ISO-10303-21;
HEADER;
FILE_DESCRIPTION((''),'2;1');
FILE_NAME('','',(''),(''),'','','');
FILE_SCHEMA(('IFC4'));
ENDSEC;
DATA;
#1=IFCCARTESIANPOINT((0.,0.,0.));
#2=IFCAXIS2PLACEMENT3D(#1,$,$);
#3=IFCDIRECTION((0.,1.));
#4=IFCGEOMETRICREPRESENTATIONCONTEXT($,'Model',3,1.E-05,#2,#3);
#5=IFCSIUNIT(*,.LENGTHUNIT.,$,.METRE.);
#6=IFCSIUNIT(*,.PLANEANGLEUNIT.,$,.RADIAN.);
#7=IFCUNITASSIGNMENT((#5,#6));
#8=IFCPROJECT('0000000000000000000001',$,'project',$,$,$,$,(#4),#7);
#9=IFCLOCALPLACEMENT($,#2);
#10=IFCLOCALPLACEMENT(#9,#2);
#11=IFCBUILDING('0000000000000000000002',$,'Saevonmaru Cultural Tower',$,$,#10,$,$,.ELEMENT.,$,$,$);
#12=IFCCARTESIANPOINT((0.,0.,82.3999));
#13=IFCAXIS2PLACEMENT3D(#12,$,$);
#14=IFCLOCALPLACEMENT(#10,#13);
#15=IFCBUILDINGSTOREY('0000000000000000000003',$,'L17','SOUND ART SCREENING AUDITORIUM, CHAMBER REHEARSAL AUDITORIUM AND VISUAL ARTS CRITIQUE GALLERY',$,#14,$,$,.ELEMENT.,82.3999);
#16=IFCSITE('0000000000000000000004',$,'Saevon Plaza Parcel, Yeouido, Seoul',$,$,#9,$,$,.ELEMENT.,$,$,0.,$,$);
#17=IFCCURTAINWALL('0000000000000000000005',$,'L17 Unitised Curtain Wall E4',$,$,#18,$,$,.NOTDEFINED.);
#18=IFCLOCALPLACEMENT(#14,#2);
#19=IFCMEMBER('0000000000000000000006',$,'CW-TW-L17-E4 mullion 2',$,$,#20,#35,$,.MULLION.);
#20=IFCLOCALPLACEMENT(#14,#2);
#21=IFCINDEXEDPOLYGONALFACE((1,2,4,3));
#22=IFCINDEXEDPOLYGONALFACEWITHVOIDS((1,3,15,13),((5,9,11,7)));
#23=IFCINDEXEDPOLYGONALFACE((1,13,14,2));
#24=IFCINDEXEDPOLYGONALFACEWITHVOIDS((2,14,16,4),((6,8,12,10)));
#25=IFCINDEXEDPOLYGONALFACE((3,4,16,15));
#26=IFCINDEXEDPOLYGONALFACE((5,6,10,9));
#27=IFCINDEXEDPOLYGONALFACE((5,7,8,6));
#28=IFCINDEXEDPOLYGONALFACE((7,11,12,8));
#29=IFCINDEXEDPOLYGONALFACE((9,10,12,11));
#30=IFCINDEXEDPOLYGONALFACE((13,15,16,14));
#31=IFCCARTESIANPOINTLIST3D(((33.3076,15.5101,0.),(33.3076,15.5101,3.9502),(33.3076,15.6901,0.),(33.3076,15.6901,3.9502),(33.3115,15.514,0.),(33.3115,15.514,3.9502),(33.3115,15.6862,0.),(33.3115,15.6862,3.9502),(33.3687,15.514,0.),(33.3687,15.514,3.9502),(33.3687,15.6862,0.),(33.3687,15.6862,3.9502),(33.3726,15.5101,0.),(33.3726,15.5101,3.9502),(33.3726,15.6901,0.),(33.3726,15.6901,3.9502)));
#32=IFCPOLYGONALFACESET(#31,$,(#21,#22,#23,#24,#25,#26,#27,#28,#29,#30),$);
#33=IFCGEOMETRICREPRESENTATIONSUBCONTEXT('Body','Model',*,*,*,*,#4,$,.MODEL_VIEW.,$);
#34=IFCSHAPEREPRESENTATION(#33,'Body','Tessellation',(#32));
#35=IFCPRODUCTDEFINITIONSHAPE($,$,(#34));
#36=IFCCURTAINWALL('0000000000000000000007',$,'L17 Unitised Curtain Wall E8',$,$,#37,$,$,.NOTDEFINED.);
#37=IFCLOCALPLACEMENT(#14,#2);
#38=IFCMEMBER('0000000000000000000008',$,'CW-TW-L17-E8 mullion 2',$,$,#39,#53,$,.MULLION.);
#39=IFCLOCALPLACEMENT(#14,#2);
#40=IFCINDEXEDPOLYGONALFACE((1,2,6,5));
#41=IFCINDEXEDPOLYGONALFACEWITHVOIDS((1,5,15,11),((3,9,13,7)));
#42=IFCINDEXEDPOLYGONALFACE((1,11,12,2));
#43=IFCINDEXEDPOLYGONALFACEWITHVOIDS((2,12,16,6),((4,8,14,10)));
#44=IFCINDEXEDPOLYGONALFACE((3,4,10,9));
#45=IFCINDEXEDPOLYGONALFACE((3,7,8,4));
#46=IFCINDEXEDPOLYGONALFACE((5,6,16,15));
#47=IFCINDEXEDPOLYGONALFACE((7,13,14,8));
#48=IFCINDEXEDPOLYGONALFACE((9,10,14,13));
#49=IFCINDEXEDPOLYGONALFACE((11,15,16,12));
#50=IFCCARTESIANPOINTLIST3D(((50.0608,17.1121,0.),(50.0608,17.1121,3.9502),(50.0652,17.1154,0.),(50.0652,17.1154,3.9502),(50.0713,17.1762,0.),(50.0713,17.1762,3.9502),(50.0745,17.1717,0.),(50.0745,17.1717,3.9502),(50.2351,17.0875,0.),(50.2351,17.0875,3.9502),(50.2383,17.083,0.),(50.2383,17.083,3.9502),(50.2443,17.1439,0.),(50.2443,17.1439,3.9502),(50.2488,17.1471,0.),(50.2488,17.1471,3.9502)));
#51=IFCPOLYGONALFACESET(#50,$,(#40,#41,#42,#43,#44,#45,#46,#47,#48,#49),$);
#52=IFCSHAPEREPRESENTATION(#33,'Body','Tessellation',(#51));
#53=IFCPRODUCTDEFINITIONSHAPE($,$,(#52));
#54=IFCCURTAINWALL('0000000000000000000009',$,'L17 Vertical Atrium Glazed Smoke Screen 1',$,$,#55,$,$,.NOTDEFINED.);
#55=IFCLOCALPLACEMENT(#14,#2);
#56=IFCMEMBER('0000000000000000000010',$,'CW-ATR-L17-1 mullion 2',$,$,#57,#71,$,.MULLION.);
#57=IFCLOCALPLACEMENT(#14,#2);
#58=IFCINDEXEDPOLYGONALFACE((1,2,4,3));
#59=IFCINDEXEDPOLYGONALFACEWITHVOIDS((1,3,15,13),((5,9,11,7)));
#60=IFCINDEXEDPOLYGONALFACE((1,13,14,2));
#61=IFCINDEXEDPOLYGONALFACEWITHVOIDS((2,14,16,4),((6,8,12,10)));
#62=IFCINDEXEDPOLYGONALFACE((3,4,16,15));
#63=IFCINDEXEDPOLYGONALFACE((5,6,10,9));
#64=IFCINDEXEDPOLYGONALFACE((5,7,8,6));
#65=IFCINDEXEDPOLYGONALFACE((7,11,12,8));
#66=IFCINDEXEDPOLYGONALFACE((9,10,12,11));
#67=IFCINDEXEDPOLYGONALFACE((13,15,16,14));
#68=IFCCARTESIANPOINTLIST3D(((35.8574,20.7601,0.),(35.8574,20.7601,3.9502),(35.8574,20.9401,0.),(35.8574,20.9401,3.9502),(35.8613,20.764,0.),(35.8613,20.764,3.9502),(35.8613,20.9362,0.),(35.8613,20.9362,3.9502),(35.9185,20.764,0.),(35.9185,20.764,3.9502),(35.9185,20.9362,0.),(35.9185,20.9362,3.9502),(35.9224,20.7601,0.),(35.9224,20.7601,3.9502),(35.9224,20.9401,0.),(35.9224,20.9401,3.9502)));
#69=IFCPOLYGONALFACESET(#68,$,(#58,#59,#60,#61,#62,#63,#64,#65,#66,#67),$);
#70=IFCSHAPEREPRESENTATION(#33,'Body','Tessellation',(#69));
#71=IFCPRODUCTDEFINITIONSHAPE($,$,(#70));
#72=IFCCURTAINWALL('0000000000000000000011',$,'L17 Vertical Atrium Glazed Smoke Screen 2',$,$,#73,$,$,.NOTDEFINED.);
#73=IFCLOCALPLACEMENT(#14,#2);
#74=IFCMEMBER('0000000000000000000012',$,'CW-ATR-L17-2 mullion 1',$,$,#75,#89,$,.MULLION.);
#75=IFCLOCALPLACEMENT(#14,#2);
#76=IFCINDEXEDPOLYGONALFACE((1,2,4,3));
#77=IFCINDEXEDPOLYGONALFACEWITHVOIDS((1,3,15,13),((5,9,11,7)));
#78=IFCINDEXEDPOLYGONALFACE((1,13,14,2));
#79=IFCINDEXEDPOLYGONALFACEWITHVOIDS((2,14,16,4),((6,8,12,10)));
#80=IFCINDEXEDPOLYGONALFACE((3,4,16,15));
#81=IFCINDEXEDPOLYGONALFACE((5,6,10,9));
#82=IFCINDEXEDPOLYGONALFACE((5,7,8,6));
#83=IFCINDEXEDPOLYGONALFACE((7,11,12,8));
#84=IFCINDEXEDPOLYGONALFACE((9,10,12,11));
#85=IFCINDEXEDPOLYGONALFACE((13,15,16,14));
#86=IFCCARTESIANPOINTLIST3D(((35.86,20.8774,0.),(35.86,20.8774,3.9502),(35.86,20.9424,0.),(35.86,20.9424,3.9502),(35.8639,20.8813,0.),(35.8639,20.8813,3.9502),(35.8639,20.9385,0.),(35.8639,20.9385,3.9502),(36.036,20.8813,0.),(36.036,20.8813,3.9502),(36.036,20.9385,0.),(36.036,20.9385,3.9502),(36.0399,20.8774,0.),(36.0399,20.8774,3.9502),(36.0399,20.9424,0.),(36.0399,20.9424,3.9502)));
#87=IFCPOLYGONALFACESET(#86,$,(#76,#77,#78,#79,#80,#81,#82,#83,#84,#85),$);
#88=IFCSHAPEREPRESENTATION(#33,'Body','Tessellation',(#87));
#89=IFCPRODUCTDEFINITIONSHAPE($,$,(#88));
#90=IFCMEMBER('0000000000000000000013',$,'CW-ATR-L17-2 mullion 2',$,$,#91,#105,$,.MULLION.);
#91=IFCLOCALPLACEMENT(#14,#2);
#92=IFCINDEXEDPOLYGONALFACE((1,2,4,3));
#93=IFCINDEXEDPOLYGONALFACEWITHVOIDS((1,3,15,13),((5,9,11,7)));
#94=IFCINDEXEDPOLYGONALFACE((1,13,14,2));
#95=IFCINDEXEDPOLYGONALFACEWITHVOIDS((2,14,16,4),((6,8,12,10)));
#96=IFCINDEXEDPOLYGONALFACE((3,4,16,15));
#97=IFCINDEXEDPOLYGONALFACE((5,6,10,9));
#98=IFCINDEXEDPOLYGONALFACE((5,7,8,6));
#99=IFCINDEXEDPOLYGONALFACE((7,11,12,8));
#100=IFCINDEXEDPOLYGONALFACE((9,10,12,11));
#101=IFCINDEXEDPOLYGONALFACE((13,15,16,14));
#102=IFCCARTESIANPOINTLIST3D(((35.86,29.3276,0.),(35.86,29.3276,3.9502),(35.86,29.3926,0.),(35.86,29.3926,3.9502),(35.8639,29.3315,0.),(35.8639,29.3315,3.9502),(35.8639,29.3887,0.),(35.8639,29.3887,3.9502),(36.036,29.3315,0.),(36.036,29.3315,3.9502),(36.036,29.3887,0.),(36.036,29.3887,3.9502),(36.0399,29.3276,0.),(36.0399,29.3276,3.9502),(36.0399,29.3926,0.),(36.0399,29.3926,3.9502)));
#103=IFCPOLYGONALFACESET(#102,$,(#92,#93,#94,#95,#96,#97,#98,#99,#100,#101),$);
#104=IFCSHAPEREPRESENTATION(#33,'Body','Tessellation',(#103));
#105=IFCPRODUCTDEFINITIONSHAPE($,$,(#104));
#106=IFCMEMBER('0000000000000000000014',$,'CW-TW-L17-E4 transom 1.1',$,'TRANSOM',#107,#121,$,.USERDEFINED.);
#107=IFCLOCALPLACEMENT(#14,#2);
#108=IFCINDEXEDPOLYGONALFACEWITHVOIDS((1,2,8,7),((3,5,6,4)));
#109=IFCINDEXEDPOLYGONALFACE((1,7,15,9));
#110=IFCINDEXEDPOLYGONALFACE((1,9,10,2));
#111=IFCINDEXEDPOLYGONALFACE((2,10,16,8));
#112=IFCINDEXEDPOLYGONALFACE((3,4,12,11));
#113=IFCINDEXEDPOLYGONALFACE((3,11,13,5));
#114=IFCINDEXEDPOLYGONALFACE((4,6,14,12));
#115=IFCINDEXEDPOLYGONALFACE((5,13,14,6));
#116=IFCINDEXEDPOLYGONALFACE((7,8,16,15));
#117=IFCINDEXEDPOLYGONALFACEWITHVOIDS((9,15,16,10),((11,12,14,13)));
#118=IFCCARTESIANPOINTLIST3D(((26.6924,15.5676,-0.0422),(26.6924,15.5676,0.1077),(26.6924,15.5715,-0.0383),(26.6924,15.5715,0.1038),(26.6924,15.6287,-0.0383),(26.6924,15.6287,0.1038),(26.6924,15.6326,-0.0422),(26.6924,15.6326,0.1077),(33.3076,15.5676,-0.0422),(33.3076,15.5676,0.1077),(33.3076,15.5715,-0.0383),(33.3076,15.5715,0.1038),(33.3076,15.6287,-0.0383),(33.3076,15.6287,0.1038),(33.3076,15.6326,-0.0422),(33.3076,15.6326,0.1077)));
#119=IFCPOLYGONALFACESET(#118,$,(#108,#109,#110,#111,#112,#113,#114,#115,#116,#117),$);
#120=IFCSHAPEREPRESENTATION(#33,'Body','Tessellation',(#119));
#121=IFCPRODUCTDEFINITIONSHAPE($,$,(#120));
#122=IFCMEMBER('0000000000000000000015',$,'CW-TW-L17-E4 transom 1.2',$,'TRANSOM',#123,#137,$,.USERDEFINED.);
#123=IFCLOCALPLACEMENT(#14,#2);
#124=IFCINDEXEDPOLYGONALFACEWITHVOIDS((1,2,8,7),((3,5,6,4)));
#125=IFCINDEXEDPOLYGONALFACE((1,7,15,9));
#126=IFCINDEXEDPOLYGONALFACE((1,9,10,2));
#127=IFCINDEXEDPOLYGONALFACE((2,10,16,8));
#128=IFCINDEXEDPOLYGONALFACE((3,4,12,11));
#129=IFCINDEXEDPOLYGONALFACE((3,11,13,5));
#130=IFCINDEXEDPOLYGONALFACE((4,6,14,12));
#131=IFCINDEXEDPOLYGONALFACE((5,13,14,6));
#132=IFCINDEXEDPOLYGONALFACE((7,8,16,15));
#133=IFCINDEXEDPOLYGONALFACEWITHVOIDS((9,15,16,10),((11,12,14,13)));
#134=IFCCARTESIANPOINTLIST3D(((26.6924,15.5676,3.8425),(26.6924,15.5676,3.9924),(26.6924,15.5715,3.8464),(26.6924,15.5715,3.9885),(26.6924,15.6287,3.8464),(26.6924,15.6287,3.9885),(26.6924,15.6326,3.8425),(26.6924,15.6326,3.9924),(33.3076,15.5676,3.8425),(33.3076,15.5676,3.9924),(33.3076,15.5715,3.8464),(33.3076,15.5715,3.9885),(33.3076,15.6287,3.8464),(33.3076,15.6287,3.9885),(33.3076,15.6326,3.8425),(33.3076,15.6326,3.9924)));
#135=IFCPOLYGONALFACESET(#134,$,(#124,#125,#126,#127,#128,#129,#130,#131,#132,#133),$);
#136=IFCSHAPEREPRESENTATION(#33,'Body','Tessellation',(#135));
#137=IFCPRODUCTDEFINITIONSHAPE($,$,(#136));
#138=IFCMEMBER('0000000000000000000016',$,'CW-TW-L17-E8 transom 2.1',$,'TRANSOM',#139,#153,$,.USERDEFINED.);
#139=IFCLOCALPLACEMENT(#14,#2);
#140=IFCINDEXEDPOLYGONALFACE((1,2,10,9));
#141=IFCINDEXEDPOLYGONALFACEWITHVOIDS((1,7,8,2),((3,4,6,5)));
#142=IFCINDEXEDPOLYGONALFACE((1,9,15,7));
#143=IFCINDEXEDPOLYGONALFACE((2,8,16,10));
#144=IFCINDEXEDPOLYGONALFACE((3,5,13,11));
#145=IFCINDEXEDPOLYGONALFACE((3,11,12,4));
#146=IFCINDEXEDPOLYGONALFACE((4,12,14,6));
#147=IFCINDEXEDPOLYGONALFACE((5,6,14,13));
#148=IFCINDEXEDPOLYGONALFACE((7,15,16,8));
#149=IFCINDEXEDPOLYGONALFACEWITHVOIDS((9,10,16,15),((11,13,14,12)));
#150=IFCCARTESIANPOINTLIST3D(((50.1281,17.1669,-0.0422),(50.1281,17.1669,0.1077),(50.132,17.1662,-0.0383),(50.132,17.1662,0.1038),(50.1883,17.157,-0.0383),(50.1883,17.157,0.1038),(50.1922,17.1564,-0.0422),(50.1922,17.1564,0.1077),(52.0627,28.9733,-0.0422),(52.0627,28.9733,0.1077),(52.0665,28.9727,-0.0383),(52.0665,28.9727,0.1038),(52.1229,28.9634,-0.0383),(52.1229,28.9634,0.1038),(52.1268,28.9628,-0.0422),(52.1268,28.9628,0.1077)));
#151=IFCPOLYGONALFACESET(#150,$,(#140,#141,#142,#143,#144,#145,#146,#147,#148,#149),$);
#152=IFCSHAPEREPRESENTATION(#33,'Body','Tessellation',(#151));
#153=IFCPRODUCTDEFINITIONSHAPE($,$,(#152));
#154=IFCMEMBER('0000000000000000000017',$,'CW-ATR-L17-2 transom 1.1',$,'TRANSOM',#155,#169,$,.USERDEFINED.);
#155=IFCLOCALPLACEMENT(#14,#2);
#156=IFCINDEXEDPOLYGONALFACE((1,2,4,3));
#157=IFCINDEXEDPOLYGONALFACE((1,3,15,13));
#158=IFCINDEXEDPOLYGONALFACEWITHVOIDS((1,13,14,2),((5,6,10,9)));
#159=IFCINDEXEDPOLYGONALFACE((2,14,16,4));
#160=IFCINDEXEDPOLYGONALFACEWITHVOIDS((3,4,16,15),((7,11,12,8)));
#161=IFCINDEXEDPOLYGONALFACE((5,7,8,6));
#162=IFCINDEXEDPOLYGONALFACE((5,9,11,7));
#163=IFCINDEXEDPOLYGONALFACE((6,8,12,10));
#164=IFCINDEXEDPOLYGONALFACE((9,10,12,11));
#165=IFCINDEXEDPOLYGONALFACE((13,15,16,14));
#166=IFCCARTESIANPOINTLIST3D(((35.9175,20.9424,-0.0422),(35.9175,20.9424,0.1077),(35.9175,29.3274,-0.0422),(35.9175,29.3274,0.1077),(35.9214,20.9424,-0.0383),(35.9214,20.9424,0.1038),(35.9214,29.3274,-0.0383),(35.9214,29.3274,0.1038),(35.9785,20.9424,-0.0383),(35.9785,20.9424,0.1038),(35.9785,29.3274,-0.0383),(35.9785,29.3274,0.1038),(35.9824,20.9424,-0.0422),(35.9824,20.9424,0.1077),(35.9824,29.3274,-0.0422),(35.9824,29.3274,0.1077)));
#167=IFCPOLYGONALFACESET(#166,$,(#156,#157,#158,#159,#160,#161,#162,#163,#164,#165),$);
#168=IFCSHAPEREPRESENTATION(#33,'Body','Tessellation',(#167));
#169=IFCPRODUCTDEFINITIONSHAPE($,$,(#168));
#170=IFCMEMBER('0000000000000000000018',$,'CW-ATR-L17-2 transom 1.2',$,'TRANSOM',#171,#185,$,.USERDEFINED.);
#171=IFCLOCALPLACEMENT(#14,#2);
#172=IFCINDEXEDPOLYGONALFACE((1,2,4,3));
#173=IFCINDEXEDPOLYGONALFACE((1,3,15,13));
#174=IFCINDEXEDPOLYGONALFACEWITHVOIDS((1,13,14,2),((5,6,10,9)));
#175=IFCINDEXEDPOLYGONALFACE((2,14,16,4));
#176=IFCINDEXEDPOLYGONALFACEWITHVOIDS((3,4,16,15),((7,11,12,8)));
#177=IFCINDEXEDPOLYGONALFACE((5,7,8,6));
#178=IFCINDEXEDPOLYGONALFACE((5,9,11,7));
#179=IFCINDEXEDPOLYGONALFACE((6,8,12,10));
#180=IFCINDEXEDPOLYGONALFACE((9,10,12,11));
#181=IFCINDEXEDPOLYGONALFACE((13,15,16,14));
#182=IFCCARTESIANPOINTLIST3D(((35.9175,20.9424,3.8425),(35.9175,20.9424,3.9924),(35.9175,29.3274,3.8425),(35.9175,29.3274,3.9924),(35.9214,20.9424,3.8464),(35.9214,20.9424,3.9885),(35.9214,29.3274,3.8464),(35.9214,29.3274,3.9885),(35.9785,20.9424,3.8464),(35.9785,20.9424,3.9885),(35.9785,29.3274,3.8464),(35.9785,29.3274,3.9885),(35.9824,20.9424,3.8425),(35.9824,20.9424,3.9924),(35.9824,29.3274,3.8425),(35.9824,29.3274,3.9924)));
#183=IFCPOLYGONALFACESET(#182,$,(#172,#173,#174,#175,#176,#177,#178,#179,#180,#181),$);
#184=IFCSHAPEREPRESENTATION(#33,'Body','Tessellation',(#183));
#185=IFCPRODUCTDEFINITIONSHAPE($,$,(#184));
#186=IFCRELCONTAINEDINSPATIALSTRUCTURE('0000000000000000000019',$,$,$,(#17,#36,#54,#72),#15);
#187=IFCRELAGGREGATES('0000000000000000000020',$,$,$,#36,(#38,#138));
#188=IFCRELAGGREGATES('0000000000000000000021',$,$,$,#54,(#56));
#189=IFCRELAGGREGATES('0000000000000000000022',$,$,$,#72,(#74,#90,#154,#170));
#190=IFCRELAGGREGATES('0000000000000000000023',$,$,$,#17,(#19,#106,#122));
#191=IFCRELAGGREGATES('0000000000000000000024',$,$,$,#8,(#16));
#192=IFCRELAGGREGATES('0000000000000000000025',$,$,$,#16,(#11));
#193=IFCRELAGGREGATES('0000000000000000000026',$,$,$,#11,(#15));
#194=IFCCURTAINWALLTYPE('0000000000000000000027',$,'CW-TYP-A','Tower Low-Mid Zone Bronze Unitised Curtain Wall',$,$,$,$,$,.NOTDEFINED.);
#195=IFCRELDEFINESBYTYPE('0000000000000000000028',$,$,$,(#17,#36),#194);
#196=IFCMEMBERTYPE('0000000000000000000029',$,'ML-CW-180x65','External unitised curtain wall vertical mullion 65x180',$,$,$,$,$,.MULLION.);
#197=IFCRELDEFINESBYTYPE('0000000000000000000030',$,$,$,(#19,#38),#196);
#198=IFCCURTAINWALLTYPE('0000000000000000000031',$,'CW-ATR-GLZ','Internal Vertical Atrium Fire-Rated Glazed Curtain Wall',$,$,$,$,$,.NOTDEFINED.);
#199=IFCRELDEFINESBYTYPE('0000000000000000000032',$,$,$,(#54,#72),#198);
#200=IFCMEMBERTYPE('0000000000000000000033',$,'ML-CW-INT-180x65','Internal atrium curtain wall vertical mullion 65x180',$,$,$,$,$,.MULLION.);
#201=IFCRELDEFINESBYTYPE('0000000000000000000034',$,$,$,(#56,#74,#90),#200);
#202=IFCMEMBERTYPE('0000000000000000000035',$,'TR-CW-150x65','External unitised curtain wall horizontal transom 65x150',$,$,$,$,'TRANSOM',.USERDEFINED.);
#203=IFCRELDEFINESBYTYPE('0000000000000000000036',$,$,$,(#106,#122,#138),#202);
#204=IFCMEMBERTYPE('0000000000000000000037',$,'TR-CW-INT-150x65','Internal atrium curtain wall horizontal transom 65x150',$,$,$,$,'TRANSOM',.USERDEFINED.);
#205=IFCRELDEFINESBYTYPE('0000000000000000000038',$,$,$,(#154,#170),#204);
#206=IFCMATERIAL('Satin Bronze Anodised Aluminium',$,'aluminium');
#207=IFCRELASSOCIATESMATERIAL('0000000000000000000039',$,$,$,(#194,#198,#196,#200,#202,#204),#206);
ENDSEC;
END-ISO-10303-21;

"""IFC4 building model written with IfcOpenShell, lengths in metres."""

from ifc_helpers import new_model, si_unit, direction, frame, origin, origin_2d, place, context, subcontext, project, spatial, hollow_rectangle, extrude, material, material_profile, profile_set, type_object, element, aggregate, save


model = new_model("IFC4")

# Units and contexts
model_context = context("Model", 3, precision=1e-05, world=origin(), true_north=direction((0.0, 1.0)))
body_context = subcontext(model_context, "Body", "Model", "MODEL_VIEW")
ifc_project = project(units=[si_unit("LENGTHUNIT", "METRE"), si_unit("PLANEANGLEUNIT", "RADIAN")], contexts=[model_context])

# Site, building, storey
site_placement = place(None, origin())
site = spatial("IfcSite", under=ifc_project, at=site_placement, Name="Saevon Plaza Parcel, Yeouido, Seoul", CompositionType="ELEMENT", RefElevation=0.0)
building_placement = place(site_placement, origin())
building = spatial("IfcBuilding", under=site, at=building_placement, Name="Saevonmaru Cultural Tower", CompositionType="ELEMENT")
storey_placement = place(building_placement, frame((0.0, 0.0, 82.3999)))
storey = spatial("IfcBuildingStorey", under=building, at=storey_placement, Name="L17", Description="SOUND ART SCREENING AUDITORIUM, CHAMBER REHEARSAL AUDITORIUM AND VISUAL ARTS CRITIQUE GALLERY", CompositionType="ELEMENT", Elevation=82.3999)

# Curtain walls, members
ifc_material_1 = material(Name="Satin Bronze Anodised Aluminium", Category="aluminium")
curtain_wall_type_1 = type_object("IfcCurtainWallType", Name="CW-TYP-A", Description="Tower Low-Mid Zone Bronze Unitised Curtain Wall", PredefinedType="NOTDEFINED", material=ifc_material_1)
curtain_wall_1_placement = place(storey_placement, origin())
curtain_wall_1 = element("IfcCurtainWall", 1, at=curtain_wall_1_placement, inside=storey, type_object=curtain_wall_type_1, Name="L17 Unitised Curtain Wall E4", PredefinedType="NOTDEFINED")
ifc_material_profile_1 = material_profile(ifc_material_1, hollow_rectangle(XDim=0.0649, YDim=0.1799, WallThickness=0.0039, at=origin_2d()), Name="ALU-MULL-180x65x4")
ifc_profile_set_1 = profile_set([ifc_material_profile_1], Name="Satin Bronze Anodised Aluminium")
member_type_1 = type_object("IfcMemberType", Name="ML-CW-180x65", Description="External unitised curtain wall vertical mullion 65x180", PredefinedType="MULLION", material=ifc_profile_set_1)
member_1_placement = place(storey_placement, frame((33.3401, 15.6001, 0.0), z_axis=(0.0, 0.0, 1.0), x_axis=(1.0, 0.0, 0.0)))
member_1 = element("IfcMember", 2, at=member_1_placement, type_object=member_type_1, Name="CW-TW-L17-E4 mullion 2", PredefinedType="MULLION", context=body_context, shape_type="SweptSolid", body=[
    extrude(hollow_rectangle(XDim=0.0649, YDim=0.1799, WallThickness=0.0039, at=origin_2d()), origin(), (0.0, 0.0, 1.0), 3.9502),
])
curtain_wall_2_placement = place(storey_placement, origin())
curtain_wall_2 = element("IfcCurtainWall", 3, at=curtain_wall_2_placement, inside=storey, type_object=curtain_wall_type_1, Name="L17 Unitised Curtain Wall E8", PredefinedType="NOTDEFINED")
member_2_placement = place(storey_placement, frame((50.1548, 17.1296, 0.0), z_axis=(0.0, 0.0, 1.0), x_axis=(0.161709, 0.986839, 0.0)))
member_2 = element("IfcMember", 4, at=member_2_placement, type_object=member_type_1, Name="CW-TW-L17-E8 mullion 2", PredefinedType="MULLION", context=body_context, shape_type="SweptSolid", body=[
    extrude(hollow_rectangle(XDim=0.0649, YDim=0.1799, WallThickness=0.0039, at=origin_2d()), origin(), (0.0, 0.0, 1.0), 3.9502),
])
curtain_wall_type_2 = type_object("IfcCurtainWallType", Name="CW-ATR-GLZ", Description="Internal Vertical Atrium Fire-Rated Glazed Curtain Wall", PredefinedType="NOTDEFINED", material=ifc_material_1)
curtain_wall_3_placement = place(storey_placement, origin())
curtain_wall_3 = element("IfcCurtainWall", 5, at=curtain_wall_3_placement, inside=storey, type_object=curtain_wall_type_2, Name="L17 Vertical Atrium Glazed Smoke Screen 1", PredefinedType="NOTDEFINED")
ifc_material_profile_2 = material_profile(ifc_material_1, hollow_rectangle(XDim=0.0649, YDim=0.1799, WallThickness=0.0039, at=origin_2d()), Name="ALU-MULL-180x65x4")
ifc_profile_set_2 = profile_set([ifc_material_profile_2], Name="Satin Bronze Anodised Aluminium")
member_type_2 = type_object("IfcMemberType", Name="ML-CW-INT-180x65", Description="Internal atrium curtain wall vertical mullion 65x180", PredefinedType="MULLION", material=ifc_profile_set_2)
member_3_placement = place(storey_placement, frame((35.8899, 20.8501, 0.0), z_axis=(0.0, 0.0, 1.0), x_axis=(1.0, 0.0, 0.0)))
member_3 = element("IfcMember", 6, at=member_3_placement, type_object=member_type_2, Name="CW-ATR-L17-1 mullion 2", PredefinedType="MULLION", context=body_context, shape_type="SweptSolid", body=[
    extrude(hollow_rectangle(XDim=0.0649, YDim=0.1799, WallThickness=0.0039, at=origin_2d()), origin(), (0.0, 0.0, 1.0), 3.9502),
])

# Curtain wall, members
curtain_wall_4_placement = place(storey_placement, origin())
curtain_wall_4 = element("IfcCurtainWall", 7, at=curtain_wall_4_placement, inside=storey, type_object=curtain_wall_type_2, Name="L17 Vertical Atrium Glazed Smoke Screen 2", PredefinedType="NOTDEFINED")
member_4_placement = place(storey_placement, frame((35.95, 20.9099, 0.0), z_axis=(0.0, 0.0, 1.0), x_axis=(0.0, 1.0, 0.0)))
member_4 = element("IfcMember", 8, at=member_4_placement, type_object=member_type_2, Name="CW-ATR-L17-2 mullion 1", PredefinedType="MULLION", context=body_context, shape_type="SweptSolid", body=[
    extrude(hollow_rectangle(XDim=0.0649, YDim=0.1799, WallThickness=0.0039, at=origin_2d()), origin(), (0.0, 0.0, 1.0), 3.9502),
])
member_5_placement = place(storey_placement, frame((35.95, 29.3601, 0.0), z_axis=(0.0, 0.0, 1.0), x_axis=(0.0, 1.0, 0.0)))
member_5 = element("IfcMember", 9, at=member_5_placement, type_object=member_type_2, Name="CW-ATR-L17-2 mullion 2", PredefinedType="MULLION", context=body_context, shape_type="SweptSolid", body=[
    extrude(hollow_rectangle(XDim=0.0649, YDim=0.1799, WallThickness=0.0039, at=origin_2d()), origin(), (0.0, 0.0, 1.0), 3.9502),
])

# Members
ifc_material_profile_3 = material_profile(ifc_material_1, hollow_rectangle(XDim=0.0649, YDim=0.1499, WallThickness=0.0039, at=origin_2d()), Name="ALU-TRAN-150x65x4")
ifc_profile_set_3 = profile_set([ifc_material_profile_3], Name="Satin Bronze Anodised Aluminium")
member_type_3 = type_object("IfcMemberType", Name="TR-CW-150x65", Description="External unitised curtain wall horizontal transom 65x150", ElementType="TRANSOM", PredefinedType="USERDEFINED", material=ifc_profile_set_3)
member_6_placement = place(storey_placement, frame((26.6924, 15.6001, 0.0327), z_axis=(1.0, 0.0, 0.0), x_axis=(0.0, 1.0, 0.0)))
member_6 = element("IfcMember", 10, at=member_6_placement, type_object=member_type_3, Name="CW-TW-L17-E4 transom 1.1", ObjectType="TRANSOM", PredefinedType="USERDEFINED", context=body_context, shape_type="SweptSolid", body=[
    extrude(hollow_rectangle(XDim=0.0649, YDim=0.1499, WallThickness=0.0039, at=origin_2d()), origin(), (0.0, 0.0, 1.0), 6.6152),
])
member_7_placement = place(storey_placement, frame((26.6924, 15.6001, 3.9175), z_axis=(1.0, 0.0, 0.0), x_axis=(0.0, 1.0, 0.0)))
member_7 = element("IfcMember", 11, at=member_7_placement, type_object=member_type_3, Name="CW-TW-L17-E4 transom 1.2", ObjectType="TRANSOM", PredefinedType="USERDEFINED", context=body_context, shape_type="SweptSolid", body=[
    extrude(hollow_rectangle(XDim=0.0649, YDim=0.1499, WallThickness=0.0039, at=origin_2d()), origin(), (0.0, 0.0, 1.0), 6.6152),
])
member_8_placement = place(storey_placement, frame((50.1602, 17.1616, 0.0327), z_axis=(0.161701, 0.98684, 0.0), x_axis=(-0.98684, 0.161701, 0.0)))
member_8 = element("IfcMember", 12, at=member_8_placement, type_object=member_type_3, Name="CW-TW-L17-E8 transom 2.1", ObjectType="TRANSOM", PredefinedType="USERDEFINED", context=body_context, shape_type="SweptSolid", body=[
    extrude(hollow_rectangle(XDim=0.0649, YDim=0.1499, WallThickness=0.0039, at=origin_2d()), origin(), (0.0, 0.0, 1.0), 11.9639),
])
aggregate(curtain_wall_2, [member_2, member_8])
ifc_material_profile_4 = material_profile(ifc_material_1, hollow_rectangle(XDim=0.0649, YDim=0.1499, WallThickness=0.0039, at=origin_2d()), Name="ALU-TRAN-150x65x4")
ifc_profile_set_4 = profile_set([ifc_material_profile_4], Name="Satin Bronze Anodised Aluminium")
member_type_4 = type_object("IfcMemberType", Name="TR-CW-INT-150x65", Description="Internal atrium curtain wall horizontal transom 65x150", ElementType="TRANSOM", PredefinedType="USERDEFINED", material=ifc_profile_set_4)
member_9_placement = place(storey_placement, frame((35.95, 20.9424, 0.0327), z_axis=(0.0, 1.0, 0.0), x_axis=(-1.0, 0.0, 0.0)))
member_9 = element("IfcMember", 13, at=member_9_placement, type_object=member_type_4, Name="CW-ATR-L17-2 transom 1.1", ObjectType="TRANSOM", PredefinedType="USERDEFINED", context=body_context, shape_type="SweptSolid", body=[
    extrude(hollow_rectangle(XDim=0.0649, YDim=0.1499, WallThickness=0.0039, at=origin_2d()), origin(), (0.0, 0.0, 1.0), 8.385),
])
member_10_placement = place(storey_placement, frame((35.95, 20.9424, 3.9175), z_axis=(0.0, 1.0, 0.0), x_axis=(-1.0, 0.0, 0.0)))
member_10 = element("IfcMember", 14, at=member_10_placement, type_object=member_type_4, Name="CW-ATR-L17-2 transom 1.2", ObjectType="TRANSOM", PredefinedType="USERDEFINED", context=body_context, shape_type="SweptSolid", body=[
    extrude(hollow_rectangle(XDim=0.0649, YDim=0.1499, WallThickness=0.0039, at=origin_2d()), origin(), (0.0, 0.0, 1.0), 8.385),
])

aggregate(curtain_wall_3, [member_3])
aggregate(curtain_wall_4, [member_4, member_5, member_9, member_10])
aggregate(curtain_wall_1, [member_1, member_6, member_7])

save(model, "model.ifc")
